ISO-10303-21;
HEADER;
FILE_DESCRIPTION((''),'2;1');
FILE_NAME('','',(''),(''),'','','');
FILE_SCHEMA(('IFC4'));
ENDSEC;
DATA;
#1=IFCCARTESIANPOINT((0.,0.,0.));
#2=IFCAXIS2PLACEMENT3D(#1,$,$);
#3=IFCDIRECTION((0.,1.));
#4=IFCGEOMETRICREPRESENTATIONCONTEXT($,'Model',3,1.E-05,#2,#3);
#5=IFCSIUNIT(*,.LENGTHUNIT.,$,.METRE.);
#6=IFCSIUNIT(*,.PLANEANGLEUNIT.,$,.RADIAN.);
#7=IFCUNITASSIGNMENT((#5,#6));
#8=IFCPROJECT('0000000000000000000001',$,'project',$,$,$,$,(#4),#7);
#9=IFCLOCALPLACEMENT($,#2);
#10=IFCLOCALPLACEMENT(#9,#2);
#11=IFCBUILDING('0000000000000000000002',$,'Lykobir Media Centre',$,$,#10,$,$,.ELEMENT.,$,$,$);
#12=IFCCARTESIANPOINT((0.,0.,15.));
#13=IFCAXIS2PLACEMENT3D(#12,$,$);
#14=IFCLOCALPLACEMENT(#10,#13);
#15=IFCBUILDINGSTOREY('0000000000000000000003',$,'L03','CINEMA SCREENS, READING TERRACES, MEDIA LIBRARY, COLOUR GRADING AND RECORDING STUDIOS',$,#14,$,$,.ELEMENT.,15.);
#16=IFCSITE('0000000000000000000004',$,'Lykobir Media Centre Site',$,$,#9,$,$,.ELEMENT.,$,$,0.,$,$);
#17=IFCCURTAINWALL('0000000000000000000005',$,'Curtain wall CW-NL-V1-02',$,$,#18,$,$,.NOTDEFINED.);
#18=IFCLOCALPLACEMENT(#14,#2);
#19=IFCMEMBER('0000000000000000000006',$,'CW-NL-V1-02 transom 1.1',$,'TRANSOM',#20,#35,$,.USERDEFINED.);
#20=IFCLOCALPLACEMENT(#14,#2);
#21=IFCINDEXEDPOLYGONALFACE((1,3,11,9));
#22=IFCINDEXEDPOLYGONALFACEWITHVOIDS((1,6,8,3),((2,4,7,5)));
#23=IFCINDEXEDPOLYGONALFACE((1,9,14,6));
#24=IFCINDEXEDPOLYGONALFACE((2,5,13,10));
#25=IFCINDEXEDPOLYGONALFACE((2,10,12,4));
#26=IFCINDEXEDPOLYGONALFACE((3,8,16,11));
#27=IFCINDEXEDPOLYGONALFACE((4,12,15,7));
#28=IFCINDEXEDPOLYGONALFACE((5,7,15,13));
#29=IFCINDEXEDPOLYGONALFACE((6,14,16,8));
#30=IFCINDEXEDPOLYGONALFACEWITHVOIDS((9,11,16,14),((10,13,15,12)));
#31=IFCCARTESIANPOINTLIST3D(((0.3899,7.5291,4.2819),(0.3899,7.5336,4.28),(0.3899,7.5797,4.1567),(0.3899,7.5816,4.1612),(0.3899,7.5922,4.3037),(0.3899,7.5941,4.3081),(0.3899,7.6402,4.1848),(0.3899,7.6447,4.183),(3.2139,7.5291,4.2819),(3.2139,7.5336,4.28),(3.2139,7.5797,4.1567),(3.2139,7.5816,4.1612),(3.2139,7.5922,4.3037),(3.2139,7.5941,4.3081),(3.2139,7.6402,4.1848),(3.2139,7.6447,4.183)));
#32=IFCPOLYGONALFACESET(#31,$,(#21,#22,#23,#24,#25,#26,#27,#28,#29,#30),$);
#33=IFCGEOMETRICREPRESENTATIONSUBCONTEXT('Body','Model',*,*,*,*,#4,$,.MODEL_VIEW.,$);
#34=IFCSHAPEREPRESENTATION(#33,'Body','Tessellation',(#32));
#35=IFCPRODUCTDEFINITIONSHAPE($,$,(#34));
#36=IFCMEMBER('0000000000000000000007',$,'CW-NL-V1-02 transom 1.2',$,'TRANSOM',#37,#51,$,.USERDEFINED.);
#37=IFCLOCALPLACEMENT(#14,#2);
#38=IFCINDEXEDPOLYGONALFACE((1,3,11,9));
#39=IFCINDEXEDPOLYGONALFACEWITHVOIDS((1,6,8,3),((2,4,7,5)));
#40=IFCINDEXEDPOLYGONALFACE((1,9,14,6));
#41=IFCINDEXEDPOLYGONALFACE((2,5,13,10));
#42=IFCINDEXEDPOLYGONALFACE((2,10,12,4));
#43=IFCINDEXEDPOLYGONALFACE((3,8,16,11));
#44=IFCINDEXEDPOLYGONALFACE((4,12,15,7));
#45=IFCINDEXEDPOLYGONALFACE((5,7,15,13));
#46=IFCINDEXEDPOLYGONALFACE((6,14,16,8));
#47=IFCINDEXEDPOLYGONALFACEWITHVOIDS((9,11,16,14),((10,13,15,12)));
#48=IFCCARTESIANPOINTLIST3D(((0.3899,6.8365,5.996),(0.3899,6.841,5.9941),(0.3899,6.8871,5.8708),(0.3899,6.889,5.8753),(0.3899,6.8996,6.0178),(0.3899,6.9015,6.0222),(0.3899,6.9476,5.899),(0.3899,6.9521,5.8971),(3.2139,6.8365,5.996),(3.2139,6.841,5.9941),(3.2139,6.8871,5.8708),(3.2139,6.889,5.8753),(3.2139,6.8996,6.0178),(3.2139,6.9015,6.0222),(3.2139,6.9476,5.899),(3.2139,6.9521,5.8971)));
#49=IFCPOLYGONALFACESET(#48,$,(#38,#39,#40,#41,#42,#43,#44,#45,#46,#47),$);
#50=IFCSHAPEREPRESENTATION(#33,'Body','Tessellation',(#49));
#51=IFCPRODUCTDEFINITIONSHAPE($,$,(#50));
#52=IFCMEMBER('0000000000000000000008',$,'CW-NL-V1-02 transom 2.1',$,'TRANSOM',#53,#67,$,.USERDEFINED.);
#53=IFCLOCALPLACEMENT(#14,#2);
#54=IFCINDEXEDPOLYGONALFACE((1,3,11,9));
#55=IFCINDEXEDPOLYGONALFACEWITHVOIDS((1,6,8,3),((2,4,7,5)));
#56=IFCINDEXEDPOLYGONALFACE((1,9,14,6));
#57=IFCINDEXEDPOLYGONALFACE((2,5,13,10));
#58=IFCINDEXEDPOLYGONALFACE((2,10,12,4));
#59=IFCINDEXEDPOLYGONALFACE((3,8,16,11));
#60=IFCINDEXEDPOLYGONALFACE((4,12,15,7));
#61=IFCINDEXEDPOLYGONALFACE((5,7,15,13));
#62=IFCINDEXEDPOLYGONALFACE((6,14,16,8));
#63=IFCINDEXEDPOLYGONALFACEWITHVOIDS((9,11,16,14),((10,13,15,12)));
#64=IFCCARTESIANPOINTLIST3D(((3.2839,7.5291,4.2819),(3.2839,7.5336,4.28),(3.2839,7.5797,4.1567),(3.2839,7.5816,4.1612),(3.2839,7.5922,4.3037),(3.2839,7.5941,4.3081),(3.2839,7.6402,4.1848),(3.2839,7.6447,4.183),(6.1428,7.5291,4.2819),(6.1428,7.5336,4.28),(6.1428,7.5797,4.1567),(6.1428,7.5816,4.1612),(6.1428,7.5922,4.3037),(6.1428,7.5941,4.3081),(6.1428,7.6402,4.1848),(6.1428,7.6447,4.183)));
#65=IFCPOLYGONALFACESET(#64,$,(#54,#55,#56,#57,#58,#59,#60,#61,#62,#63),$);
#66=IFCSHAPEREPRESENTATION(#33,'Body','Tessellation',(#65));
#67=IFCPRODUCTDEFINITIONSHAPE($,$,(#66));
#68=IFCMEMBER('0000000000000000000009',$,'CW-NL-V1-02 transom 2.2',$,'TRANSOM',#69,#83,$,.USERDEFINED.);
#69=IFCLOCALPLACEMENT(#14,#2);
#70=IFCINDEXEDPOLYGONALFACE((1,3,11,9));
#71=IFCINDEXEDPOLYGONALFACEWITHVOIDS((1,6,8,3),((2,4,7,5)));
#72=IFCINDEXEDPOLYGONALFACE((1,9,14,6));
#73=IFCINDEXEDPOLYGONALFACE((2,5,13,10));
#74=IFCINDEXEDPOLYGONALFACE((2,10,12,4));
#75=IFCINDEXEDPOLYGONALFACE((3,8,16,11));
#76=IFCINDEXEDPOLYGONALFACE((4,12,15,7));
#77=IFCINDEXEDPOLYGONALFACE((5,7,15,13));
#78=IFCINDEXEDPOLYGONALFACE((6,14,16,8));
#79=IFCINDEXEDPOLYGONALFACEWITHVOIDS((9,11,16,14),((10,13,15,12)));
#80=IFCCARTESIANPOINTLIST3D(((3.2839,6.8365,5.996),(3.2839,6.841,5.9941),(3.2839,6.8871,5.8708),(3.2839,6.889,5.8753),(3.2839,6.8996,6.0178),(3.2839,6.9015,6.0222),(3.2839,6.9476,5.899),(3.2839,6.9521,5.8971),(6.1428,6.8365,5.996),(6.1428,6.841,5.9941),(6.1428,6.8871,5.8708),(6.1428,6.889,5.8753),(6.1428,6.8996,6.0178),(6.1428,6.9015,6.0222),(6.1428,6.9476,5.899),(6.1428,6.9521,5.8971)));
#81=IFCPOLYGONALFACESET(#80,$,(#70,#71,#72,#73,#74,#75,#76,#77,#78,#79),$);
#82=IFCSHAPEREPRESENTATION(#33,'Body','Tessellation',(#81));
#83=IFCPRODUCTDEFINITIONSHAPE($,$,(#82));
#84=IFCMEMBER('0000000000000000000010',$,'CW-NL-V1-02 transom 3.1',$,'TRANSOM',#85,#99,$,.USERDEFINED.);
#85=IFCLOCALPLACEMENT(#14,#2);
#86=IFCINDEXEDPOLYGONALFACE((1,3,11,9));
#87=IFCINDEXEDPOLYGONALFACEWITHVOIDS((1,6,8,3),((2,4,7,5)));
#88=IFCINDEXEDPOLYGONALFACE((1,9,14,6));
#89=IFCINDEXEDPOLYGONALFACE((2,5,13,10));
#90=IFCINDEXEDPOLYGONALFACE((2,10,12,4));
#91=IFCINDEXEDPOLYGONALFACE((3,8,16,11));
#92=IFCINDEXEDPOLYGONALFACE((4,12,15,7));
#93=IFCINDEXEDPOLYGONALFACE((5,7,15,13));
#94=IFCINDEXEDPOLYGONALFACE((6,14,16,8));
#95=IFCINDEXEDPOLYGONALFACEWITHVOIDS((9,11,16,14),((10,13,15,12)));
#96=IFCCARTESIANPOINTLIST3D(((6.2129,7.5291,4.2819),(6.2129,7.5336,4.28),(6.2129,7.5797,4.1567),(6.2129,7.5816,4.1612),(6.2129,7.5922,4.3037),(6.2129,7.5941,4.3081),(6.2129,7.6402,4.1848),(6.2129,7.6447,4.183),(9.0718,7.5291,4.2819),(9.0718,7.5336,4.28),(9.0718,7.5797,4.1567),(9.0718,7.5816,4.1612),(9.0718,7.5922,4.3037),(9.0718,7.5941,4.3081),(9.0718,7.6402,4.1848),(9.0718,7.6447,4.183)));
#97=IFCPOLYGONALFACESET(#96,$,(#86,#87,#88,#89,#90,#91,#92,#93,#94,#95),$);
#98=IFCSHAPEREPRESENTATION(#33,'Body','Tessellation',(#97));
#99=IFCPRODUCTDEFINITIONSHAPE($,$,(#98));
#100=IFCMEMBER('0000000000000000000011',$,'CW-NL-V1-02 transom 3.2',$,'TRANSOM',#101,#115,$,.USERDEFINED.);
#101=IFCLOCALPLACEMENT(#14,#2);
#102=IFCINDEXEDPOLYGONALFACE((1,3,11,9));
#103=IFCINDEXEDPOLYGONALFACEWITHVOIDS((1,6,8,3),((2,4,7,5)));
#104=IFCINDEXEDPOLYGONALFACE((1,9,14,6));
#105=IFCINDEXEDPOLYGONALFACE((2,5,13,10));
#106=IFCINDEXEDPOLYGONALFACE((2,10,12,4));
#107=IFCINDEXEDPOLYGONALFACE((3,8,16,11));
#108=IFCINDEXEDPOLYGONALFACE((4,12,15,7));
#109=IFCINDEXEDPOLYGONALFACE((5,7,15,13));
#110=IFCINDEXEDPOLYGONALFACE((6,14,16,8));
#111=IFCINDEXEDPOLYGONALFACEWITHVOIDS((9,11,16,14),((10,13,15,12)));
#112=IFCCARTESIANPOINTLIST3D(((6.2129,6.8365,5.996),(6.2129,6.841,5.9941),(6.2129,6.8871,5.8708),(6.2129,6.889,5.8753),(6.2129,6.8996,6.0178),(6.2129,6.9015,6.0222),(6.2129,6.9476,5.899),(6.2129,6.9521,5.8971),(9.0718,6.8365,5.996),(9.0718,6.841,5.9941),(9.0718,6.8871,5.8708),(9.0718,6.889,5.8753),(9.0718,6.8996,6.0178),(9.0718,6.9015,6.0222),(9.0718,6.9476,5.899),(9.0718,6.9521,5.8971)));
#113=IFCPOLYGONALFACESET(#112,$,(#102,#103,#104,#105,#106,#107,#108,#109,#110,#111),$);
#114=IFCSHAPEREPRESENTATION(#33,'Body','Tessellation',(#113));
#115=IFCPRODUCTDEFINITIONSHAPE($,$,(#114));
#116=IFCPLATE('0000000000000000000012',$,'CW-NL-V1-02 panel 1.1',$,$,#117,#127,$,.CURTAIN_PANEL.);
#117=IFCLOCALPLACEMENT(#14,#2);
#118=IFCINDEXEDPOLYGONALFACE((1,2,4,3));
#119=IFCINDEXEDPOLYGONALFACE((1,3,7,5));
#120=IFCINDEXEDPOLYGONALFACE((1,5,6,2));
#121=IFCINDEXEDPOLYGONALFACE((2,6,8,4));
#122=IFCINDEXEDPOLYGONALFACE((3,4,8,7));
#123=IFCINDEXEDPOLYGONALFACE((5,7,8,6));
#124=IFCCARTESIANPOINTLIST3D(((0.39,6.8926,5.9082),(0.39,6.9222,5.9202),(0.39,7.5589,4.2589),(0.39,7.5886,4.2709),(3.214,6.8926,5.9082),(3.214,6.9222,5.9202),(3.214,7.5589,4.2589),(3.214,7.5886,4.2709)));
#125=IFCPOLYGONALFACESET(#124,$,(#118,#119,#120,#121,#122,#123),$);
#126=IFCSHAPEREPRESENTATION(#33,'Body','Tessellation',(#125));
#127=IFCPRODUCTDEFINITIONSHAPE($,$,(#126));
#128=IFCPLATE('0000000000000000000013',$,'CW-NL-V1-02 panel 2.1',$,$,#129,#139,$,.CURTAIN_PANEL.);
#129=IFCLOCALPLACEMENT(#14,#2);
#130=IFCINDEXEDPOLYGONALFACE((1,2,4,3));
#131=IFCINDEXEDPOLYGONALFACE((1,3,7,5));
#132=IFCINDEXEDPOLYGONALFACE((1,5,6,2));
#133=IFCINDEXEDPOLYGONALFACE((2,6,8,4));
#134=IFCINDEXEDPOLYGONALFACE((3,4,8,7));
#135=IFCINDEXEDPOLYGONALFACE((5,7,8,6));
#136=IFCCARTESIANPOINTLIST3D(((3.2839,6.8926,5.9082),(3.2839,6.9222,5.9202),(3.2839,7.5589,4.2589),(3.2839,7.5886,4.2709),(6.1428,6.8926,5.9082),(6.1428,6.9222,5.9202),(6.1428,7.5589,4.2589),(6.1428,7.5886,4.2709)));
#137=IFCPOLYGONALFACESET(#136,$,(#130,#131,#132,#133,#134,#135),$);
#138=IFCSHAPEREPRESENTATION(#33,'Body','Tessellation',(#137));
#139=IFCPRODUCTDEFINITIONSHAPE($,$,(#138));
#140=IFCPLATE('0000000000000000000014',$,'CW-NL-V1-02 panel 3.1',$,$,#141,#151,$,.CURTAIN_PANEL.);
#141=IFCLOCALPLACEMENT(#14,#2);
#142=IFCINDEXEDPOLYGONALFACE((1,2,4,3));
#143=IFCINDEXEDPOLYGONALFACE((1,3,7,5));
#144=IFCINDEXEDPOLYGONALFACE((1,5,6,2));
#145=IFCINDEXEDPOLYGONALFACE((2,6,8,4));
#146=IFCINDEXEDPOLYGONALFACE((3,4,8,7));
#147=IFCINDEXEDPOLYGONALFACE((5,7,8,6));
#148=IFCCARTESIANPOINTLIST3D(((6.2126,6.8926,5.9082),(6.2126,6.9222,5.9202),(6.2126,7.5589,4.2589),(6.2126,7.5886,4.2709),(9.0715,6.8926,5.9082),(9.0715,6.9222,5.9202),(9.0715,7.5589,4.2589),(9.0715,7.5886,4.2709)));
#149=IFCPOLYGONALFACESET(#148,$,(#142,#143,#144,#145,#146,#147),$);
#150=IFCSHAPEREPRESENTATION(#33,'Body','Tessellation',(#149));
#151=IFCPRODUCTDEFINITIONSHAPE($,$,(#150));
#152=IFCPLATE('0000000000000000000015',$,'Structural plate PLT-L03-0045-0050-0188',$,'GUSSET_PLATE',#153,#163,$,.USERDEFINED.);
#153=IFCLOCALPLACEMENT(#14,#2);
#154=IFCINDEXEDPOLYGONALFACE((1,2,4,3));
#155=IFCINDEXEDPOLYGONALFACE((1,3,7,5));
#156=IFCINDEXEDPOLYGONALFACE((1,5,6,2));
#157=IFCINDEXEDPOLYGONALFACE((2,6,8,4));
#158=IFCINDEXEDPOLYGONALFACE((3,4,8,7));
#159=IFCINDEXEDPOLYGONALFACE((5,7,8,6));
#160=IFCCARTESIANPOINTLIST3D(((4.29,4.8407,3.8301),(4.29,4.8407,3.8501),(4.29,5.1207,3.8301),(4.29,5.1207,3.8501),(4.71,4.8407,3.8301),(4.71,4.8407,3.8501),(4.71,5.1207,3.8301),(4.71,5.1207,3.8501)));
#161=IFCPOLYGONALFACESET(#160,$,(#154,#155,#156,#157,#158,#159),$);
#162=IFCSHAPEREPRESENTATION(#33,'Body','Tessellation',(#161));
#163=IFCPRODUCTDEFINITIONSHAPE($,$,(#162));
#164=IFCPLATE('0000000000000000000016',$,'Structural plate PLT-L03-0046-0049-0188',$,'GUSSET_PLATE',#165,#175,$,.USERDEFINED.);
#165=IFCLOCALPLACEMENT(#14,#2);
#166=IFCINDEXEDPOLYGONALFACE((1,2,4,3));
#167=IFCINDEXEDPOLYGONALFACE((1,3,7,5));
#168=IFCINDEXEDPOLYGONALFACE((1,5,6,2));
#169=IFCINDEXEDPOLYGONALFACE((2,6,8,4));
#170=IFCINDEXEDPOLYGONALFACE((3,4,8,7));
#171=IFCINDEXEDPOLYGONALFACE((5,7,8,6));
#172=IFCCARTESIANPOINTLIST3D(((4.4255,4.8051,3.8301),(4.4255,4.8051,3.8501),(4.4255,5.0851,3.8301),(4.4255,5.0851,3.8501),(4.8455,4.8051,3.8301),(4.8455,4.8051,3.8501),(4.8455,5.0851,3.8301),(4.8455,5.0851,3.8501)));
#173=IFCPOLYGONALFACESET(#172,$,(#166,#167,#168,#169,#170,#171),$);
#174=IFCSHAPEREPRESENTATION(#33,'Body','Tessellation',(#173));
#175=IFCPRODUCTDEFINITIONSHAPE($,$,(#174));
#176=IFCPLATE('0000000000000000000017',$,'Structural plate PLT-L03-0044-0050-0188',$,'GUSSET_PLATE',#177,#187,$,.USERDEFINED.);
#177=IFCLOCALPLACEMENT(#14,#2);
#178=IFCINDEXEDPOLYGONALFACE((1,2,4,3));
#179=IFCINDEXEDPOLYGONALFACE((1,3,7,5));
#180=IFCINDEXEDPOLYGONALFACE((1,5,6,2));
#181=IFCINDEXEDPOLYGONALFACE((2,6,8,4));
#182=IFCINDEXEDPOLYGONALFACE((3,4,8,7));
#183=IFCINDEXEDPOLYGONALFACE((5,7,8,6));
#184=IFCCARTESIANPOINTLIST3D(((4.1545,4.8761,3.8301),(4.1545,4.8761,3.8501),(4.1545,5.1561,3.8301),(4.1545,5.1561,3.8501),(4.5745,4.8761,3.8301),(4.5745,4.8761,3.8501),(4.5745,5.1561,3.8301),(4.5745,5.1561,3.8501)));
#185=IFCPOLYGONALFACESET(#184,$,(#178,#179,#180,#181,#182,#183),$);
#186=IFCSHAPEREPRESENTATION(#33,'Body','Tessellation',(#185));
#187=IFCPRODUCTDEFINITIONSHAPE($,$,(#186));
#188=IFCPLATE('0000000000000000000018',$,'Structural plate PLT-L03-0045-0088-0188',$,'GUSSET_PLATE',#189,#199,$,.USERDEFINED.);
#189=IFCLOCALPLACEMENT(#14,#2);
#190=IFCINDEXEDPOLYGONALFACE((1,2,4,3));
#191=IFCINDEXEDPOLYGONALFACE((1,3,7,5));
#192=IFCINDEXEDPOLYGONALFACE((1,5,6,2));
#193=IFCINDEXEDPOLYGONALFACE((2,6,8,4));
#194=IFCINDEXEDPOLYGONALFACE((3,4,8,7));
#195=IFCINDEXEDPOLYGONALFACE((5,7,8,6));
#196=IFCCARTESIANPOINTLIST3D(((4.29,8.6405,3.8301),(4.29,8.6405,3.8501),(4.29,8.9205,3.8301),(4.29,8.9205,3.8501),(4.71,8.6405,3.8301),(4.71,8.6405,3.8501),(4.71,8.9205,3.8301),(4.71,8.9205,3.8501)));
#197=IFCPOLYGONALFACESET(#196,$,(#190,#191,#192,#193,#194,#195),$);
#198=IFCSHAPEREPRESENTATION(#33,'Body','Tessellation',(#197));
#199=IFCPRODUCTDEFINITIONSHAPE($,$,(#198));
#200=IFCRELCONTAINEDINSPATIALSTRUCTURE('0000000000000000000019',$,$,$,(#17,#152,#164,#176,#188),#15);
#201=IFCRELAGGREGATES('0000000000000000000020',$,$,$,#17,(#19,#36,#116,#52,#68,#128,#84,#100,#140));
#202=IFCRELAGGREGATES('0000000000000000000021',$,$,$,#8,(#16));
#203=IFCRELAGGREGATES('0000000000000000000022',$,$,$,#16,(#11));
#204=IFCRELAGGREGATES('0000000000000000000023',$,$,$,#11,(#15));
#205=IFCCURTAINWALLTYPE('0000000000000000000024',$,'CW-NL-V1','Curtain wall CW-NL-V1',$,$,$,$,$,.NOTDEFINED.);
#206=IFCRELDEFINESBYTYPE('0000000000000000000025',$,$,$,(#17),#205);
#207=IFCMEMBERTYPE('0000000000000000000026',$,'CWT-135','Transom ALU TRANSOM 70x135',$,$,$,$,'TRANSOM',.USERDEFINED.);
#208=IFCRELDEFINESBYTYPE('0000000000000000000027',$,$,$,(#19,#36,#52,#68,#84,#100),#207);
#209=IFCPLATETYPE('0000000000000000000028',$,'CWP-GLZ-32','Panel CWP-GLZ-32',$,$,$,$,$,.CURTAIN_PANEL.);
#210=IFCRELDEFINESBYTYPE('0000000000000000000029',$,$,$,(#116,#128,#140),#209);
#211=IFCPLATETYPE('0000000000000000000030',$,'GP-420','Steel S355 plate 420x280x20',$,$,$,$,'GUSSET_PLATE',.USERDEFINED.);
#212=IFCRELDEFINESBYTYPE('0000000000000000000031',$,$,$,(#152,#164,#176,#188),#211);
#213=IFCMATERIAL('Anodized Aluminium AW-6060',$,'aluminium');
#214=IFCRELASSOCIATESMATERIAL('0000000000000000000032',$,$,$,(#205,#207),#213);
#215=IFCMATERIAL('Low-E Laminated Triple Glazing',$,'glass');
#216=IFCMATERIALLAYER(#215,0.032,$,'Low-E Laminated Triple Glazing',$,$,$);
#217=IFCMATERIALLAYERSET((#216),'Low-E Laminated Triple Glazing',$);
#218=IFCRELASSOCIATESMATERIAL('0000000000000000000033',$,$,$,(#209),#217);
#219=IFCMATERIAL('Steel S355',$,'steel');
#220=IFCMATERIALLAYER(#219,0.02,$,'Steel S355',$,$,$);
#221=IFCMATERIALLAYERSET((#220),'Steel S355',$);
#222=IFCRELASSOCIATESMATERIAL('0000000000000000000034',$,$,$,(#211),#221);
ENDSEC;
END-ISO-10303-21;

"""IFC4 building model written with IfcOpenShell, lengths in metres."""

from ifc_helpers import new_model, si_unit, direction, frame, origin, origin_2d, place, context, subcontext, project, spatial, rectangle, hollow_rectangle, extrude, material, layer, layer_set, material_profile, profile_set, type_object, element, aggregate, save


model = new_model("IFC4")

# Units and contexts
model_context = context("Model", 3, precision=1e-05, world=origin(), true_north=direction((0.0, 1.0)))
body_context = subcontext(model_context, "Body", "Model", "MODEL_VIEW")
ifc_project = project(units=[si_unit("LENGTHUNIT", "METRE"), si_unit("PLANEANGLEUNIT", "RADIAN")], contexts=[model_context])

# Site, building, storey
site_placement = place(None, origin())
site = spatial("IfcSite", under=ifc_project, at=site_placement, Name="Lykobir Media Centre Site", CompositionType="ELEMENT", RefElevation=0.0)
building_placement = place(site_placement, origin())
building = spatial("IfcBuilding", under=site, at=building_placement, Name="Lykobir Media Centre", CompositionType="ELEMENT")
storey_placement = place(building_placement, frame((0.0, 0.0, 15.0)))
storey = spatial("IfcBuildingStorey", under=building, at=storey_placement, Name="L03", Description="CINEMA SCREENS, READING TERRACES, MEDIA LIBRARY, COLOUR GRADING AND RECORDING STUDIOS", CompositionType="ELEMENT", Elevation=15.0)

# Shared definitions
ifc_material_1 = material(Name="Steel S355", Category="steel")

# Curtain wall
ifc_material_2 = material(Name="Anodized Aluminium AW-6060", Category="aluminium")
curtain_wall_type = type_object("IfcCurtainWallType", Name="CW-NL-V1", Description="Curtain wall CW-NL-V1", PredefinedType="NOTDEFINED", material=ifc_material_2)
curtain_wall_1_placement = place(storey_placement, origin())
curtain_wall_1 = element("IfcCurtainWall", 1, at=curtain_wall_1_placement, inside=storey, type_object=curtain_wall_type, Name="Curtain wall CW-NL-V1-02", PredefinedType="NOTDEFINED")

# Members
ifc_material_profile_1 = material_profile(ifc_material_2, hollow_rectangle(XDim=0.0701, YDim=0.135, WallThickness=0.0034, at=origin_2d()), Name="ALU TRANSOM 70x135")
ifc_profile_set_1 = profile_set([ifc_material_profile_1], Name="Anodized Aluminium AW-6060")
member_type_1 = type_object("IfcMemberType", Name="CWT-135", Description="Transom ALU TRANSOM 70x135", ElementType="TRANSOM", PredefinedType="USERDEFINED", material=ifc_profile_set_1)
member_1_placement = place(storey_placement, frame((0.3899, 7.5869, 4.2324), z_axis=(1.0, 0.0, 0.0), x_axis=(0.0, 0.927184, 0.374607)))
member_1 = element("IfcMember", 2, at=member_1_placement, type_object=member_type_1, Name="CW-NL-V1-02 transom 1.1", ObjectType="TRANSOM", PredefinedType="USERDEFINED", context=body_context, shape_type="SweptSolid", body=[
    extrude(hollow_rectangle(XDim=0.0701, YDim=0.135, WallThickness=0.0034, at=origin_2d()), origin(), (0.0, 0.0, 1.0), 2.824),
])
member_2_placement = place(storey_placement, frame((0.3899, 6.8943, 5.9465), z_axis=(1.0, 0.0, 0.0), x_axis=(0.0, 0.927184, 0.374607)))
member_2 = element("IfcMember", 3, at=member_2_placement, type_object=member_type_1, Name="CW-NL-V1-02 transom 1.2", ObjectType="TRANSOM", PredefinedType="USERDEFINED", context=body_context, shape_type="SweptSolid", body=[
    extrude(hollow_rectangle(XDim=0.0701, YDim=0.135, WallThickness=0.0034, at=origin_2d()), origin(), (0.0, 0.0, 1.0), 2.824),
])
member_3_placement = place(storey_placement, frame((3.2839, 7.5869, 4.2324), z_axis=(1.0, 0.0, 0.0), x_axis=(0.0, 0.927184, 0.374607)))
member_3 = element("IfcMember", 4, at=member_3_placement, type_object=member_type_1, Name="CW-NL-V1-02 transom 2.1", ObjectType="TRANSOM", PredefinedType="USERDEFINED", context=body_context, shape_type="SweptSolid", body=[
    extrude(hollow_rectangle(XDim=0.0701, YDim=0.135, WallThickness=0.0034, at=origin_2d()), origin(), (0.0, 0.0, 1.0), 2.8589),
])
member_4_placement = place(storey_placement, frame((3.2839, 6.8943, 5.9465), z_axis=(1.0, 0.0, 0.0), x_axis=(0.0, 0.927184, 0.374607)))
member_4 = element("IfcMember", 5, at=member_4_placement, type_object=member_type_1, Name="CW-NL-V1-02 transom 2.2", ObjectType="TRANSOM", PredefinedType="USERDEFINED", context=body_context, shape_type="SweptSolid", body=[
    extrude(hollow_rectangle(XDim=0.0701, YDim=0.135, WallThickness=0.0034, at=origin_2d()), origin(), (0.0, 0.0, 1.0), 2.8589),
])
member_5_placement = place(storey_placement, frame((6.2129, 7.5869, 4.2324), z_axis=(1.0, 0.0, 0.0), x_axis=(0.0, 0.927184, 0.374607)))
member_5 = element("IfcMember", 6, at=member_5_placement, type_object=member_type_1, Name="CW-NL-V1-02 transom 3.1", ObjectType="TRANSOM", PredefinedType="USERDEFINED", context=body_context, shape_type="SweptSolid", body=[
    extrude(hollow_rectangle(XDim=0.0701, YDim=0.135, WallThickness=0.0034, at=origin_2d()), origin(), (0.0, 0.0, 1.0), 2.8589),
])
member_6_placement = place(storey_placement, frame((6.2129, 6.8943, 5.9465), z_axis=(1.0, 0.0, 0.0), x_axis=(0.0, 0.927184, 0.374607)))
member_6 = element("IfcMember", 7, at=member_6_placement, type_object=member_type_1, Name="CW-NL-V1-02 transom 3.2", ObjectType="TRANSOM", PredefinedType="USERDEFINED", context=body_context, shape_type="SweptSolid", body=[
    extrude(hollow_rectangle(XDim=0.0701, YDim=0.135, WallThickness=0.0034, at=origin_2d()), origin(), (0.0, 0.0, 1.0), 2.8589),
])

# Plates
ifc_material_3 = material(Name="Low-E Laminated Triple Glazing", Category="glass")
ifc_layer_1 = layer(ifc_material_3, 0.032, Name="Low-E Laminated Triple Glazing")
ifc_layer_set_1 = layer_set([ifc_layer_1], Name="Low-E Laminated Triple Glazing")
plate_type_1 = type_object("IfcPlateType", Name="CWP-GLZ-32", Description="Panel CWP-GLZ-32", PredefinedType="CURTAIN_PANEL", material=ifc_layer_set_1)
plate_1_placement = place(storey_placement, frame((1.802, 7.5737, 4.2649), z_axis=(0.0, -0.374607, 0.927184), x_axis=(1.0, 0.0, 0.0)))
plate_1 = element("IfcPlate", 8, at=plate_1_placement, type_object=plate_type_1, Name="CW-NL-V1-02 panel 1.1", PredefinedType="CURTAIN_PANEL", context=body_context, shape_type="SweptSolid", body=[
    extrude(rectangle(XDim=2.824, YDim=0.032, at=origin_2d()), origin(), (0.0, 0.0, 1.0), 1.7788),
])
plate_2_placement = place(storey_placement, frame((4.7134, 7.5737, 4.2649), z_axis=(0.0, -0.374607, 0.927184), x_axis=(1.0, 0.0, 0.0)))
plate_2 = element("IfcPlate", 9, at=plate_2_placement, type_object=plate_type_1, Name="CW-NL-V1-02 panel 2.1", PredefinedType="CURTAIN_PANEL", context=body_context, shape_type="SweptSolid", body=[
    extrude(rectangle(XDim=2.8589, YDim=0.032, at=origin_2d()), origin(), (0.0, 0.0, 1.0), 1.7788),
])
plate_3_placement = place(storey_placement, frame((7.6421, 7.5737, 4.2649), z_axis=(0.0, -0.374607, 0.927184), x_axis=(1.0, 0.0, 0.0)))
plate_3 = element("IfcPlate", 10, at=plate_3_placement, type_object=plate_type_1, Name="CW-NL-V1-02 panel 3.1", PredefinedType="CURTAIN_PANEL", context=body_context, shape_type="SweptSolid", body=[
    extrude(rectangle(XDim=2.8589, YDim=0.032, at=origin_2d()), origin(), (0.0, 0.0, 1.0), 1.7788),
])
aggregate(curtain_wall_1, [member_1, member_2, plate_1, member_3, member_4, plate_2, member_5, member_6, plate_3])

# Plates
ifc_layer_2 = layer(ifc_material_1, 0.02, Name="Steel S355")
ifc_layer_set_2 = layer_set([ifc_layer_2], Name="Steel S355")
plate_type_2 = type_object("IfcPlateType", Name="GP-420", Description="Steel S355 plate 420x280x20", ElementType="GUSSET_PLATE", PredefinedType="USERDEFINED", material=ifc_layer_set_2)
for number, where, z_axis, x_axis, name in (
    (11, (4.5, 4.9807, 3.8301), (0.0, 0.0, 1.0), (1.0, 0.0, 0.0), "Structural plate PLT-L03-0045-0050-0188"),
    (12, (4.6355, 4.9451, 3.8301), (0.0, 0.0, 1.0), (1.0, 0.0, 0.0), "Structural plate PLT-L03-0046-0049-0188"),
    (13, (4.3645, 5.0161, 3.8301), (0.0, 0.0, 1.0), (1.0, 0.0, 0.0), "Structural plate PLT-L03-0044-0050-0188"),
    (14, (4.5, 8.7805, 3.8301), (0.0, 0.0, 1.0), (1.0, 0.0, 0.0), "Structural plate PLT-L03-0045-0088-0188"),
):
    element("IfcPlate", number, at=place(storey_placement, frame(where, z_axis=z_axis, x_axis=x_axis)), inside=storey, type_object=plate_type_2, Name=name, ObjectType="GUSSET_PLATE", PredefinedType="USERDEFINED", context=body_context, shape_type="SweptSolid", body=[
        extrude(rectangle(XDim=0.4199, YDim=0.28, at=origin_2d()), origin(), (0.0, 0.0, 1.0), 0.02),
    ])

save(model, "model.ifc")
